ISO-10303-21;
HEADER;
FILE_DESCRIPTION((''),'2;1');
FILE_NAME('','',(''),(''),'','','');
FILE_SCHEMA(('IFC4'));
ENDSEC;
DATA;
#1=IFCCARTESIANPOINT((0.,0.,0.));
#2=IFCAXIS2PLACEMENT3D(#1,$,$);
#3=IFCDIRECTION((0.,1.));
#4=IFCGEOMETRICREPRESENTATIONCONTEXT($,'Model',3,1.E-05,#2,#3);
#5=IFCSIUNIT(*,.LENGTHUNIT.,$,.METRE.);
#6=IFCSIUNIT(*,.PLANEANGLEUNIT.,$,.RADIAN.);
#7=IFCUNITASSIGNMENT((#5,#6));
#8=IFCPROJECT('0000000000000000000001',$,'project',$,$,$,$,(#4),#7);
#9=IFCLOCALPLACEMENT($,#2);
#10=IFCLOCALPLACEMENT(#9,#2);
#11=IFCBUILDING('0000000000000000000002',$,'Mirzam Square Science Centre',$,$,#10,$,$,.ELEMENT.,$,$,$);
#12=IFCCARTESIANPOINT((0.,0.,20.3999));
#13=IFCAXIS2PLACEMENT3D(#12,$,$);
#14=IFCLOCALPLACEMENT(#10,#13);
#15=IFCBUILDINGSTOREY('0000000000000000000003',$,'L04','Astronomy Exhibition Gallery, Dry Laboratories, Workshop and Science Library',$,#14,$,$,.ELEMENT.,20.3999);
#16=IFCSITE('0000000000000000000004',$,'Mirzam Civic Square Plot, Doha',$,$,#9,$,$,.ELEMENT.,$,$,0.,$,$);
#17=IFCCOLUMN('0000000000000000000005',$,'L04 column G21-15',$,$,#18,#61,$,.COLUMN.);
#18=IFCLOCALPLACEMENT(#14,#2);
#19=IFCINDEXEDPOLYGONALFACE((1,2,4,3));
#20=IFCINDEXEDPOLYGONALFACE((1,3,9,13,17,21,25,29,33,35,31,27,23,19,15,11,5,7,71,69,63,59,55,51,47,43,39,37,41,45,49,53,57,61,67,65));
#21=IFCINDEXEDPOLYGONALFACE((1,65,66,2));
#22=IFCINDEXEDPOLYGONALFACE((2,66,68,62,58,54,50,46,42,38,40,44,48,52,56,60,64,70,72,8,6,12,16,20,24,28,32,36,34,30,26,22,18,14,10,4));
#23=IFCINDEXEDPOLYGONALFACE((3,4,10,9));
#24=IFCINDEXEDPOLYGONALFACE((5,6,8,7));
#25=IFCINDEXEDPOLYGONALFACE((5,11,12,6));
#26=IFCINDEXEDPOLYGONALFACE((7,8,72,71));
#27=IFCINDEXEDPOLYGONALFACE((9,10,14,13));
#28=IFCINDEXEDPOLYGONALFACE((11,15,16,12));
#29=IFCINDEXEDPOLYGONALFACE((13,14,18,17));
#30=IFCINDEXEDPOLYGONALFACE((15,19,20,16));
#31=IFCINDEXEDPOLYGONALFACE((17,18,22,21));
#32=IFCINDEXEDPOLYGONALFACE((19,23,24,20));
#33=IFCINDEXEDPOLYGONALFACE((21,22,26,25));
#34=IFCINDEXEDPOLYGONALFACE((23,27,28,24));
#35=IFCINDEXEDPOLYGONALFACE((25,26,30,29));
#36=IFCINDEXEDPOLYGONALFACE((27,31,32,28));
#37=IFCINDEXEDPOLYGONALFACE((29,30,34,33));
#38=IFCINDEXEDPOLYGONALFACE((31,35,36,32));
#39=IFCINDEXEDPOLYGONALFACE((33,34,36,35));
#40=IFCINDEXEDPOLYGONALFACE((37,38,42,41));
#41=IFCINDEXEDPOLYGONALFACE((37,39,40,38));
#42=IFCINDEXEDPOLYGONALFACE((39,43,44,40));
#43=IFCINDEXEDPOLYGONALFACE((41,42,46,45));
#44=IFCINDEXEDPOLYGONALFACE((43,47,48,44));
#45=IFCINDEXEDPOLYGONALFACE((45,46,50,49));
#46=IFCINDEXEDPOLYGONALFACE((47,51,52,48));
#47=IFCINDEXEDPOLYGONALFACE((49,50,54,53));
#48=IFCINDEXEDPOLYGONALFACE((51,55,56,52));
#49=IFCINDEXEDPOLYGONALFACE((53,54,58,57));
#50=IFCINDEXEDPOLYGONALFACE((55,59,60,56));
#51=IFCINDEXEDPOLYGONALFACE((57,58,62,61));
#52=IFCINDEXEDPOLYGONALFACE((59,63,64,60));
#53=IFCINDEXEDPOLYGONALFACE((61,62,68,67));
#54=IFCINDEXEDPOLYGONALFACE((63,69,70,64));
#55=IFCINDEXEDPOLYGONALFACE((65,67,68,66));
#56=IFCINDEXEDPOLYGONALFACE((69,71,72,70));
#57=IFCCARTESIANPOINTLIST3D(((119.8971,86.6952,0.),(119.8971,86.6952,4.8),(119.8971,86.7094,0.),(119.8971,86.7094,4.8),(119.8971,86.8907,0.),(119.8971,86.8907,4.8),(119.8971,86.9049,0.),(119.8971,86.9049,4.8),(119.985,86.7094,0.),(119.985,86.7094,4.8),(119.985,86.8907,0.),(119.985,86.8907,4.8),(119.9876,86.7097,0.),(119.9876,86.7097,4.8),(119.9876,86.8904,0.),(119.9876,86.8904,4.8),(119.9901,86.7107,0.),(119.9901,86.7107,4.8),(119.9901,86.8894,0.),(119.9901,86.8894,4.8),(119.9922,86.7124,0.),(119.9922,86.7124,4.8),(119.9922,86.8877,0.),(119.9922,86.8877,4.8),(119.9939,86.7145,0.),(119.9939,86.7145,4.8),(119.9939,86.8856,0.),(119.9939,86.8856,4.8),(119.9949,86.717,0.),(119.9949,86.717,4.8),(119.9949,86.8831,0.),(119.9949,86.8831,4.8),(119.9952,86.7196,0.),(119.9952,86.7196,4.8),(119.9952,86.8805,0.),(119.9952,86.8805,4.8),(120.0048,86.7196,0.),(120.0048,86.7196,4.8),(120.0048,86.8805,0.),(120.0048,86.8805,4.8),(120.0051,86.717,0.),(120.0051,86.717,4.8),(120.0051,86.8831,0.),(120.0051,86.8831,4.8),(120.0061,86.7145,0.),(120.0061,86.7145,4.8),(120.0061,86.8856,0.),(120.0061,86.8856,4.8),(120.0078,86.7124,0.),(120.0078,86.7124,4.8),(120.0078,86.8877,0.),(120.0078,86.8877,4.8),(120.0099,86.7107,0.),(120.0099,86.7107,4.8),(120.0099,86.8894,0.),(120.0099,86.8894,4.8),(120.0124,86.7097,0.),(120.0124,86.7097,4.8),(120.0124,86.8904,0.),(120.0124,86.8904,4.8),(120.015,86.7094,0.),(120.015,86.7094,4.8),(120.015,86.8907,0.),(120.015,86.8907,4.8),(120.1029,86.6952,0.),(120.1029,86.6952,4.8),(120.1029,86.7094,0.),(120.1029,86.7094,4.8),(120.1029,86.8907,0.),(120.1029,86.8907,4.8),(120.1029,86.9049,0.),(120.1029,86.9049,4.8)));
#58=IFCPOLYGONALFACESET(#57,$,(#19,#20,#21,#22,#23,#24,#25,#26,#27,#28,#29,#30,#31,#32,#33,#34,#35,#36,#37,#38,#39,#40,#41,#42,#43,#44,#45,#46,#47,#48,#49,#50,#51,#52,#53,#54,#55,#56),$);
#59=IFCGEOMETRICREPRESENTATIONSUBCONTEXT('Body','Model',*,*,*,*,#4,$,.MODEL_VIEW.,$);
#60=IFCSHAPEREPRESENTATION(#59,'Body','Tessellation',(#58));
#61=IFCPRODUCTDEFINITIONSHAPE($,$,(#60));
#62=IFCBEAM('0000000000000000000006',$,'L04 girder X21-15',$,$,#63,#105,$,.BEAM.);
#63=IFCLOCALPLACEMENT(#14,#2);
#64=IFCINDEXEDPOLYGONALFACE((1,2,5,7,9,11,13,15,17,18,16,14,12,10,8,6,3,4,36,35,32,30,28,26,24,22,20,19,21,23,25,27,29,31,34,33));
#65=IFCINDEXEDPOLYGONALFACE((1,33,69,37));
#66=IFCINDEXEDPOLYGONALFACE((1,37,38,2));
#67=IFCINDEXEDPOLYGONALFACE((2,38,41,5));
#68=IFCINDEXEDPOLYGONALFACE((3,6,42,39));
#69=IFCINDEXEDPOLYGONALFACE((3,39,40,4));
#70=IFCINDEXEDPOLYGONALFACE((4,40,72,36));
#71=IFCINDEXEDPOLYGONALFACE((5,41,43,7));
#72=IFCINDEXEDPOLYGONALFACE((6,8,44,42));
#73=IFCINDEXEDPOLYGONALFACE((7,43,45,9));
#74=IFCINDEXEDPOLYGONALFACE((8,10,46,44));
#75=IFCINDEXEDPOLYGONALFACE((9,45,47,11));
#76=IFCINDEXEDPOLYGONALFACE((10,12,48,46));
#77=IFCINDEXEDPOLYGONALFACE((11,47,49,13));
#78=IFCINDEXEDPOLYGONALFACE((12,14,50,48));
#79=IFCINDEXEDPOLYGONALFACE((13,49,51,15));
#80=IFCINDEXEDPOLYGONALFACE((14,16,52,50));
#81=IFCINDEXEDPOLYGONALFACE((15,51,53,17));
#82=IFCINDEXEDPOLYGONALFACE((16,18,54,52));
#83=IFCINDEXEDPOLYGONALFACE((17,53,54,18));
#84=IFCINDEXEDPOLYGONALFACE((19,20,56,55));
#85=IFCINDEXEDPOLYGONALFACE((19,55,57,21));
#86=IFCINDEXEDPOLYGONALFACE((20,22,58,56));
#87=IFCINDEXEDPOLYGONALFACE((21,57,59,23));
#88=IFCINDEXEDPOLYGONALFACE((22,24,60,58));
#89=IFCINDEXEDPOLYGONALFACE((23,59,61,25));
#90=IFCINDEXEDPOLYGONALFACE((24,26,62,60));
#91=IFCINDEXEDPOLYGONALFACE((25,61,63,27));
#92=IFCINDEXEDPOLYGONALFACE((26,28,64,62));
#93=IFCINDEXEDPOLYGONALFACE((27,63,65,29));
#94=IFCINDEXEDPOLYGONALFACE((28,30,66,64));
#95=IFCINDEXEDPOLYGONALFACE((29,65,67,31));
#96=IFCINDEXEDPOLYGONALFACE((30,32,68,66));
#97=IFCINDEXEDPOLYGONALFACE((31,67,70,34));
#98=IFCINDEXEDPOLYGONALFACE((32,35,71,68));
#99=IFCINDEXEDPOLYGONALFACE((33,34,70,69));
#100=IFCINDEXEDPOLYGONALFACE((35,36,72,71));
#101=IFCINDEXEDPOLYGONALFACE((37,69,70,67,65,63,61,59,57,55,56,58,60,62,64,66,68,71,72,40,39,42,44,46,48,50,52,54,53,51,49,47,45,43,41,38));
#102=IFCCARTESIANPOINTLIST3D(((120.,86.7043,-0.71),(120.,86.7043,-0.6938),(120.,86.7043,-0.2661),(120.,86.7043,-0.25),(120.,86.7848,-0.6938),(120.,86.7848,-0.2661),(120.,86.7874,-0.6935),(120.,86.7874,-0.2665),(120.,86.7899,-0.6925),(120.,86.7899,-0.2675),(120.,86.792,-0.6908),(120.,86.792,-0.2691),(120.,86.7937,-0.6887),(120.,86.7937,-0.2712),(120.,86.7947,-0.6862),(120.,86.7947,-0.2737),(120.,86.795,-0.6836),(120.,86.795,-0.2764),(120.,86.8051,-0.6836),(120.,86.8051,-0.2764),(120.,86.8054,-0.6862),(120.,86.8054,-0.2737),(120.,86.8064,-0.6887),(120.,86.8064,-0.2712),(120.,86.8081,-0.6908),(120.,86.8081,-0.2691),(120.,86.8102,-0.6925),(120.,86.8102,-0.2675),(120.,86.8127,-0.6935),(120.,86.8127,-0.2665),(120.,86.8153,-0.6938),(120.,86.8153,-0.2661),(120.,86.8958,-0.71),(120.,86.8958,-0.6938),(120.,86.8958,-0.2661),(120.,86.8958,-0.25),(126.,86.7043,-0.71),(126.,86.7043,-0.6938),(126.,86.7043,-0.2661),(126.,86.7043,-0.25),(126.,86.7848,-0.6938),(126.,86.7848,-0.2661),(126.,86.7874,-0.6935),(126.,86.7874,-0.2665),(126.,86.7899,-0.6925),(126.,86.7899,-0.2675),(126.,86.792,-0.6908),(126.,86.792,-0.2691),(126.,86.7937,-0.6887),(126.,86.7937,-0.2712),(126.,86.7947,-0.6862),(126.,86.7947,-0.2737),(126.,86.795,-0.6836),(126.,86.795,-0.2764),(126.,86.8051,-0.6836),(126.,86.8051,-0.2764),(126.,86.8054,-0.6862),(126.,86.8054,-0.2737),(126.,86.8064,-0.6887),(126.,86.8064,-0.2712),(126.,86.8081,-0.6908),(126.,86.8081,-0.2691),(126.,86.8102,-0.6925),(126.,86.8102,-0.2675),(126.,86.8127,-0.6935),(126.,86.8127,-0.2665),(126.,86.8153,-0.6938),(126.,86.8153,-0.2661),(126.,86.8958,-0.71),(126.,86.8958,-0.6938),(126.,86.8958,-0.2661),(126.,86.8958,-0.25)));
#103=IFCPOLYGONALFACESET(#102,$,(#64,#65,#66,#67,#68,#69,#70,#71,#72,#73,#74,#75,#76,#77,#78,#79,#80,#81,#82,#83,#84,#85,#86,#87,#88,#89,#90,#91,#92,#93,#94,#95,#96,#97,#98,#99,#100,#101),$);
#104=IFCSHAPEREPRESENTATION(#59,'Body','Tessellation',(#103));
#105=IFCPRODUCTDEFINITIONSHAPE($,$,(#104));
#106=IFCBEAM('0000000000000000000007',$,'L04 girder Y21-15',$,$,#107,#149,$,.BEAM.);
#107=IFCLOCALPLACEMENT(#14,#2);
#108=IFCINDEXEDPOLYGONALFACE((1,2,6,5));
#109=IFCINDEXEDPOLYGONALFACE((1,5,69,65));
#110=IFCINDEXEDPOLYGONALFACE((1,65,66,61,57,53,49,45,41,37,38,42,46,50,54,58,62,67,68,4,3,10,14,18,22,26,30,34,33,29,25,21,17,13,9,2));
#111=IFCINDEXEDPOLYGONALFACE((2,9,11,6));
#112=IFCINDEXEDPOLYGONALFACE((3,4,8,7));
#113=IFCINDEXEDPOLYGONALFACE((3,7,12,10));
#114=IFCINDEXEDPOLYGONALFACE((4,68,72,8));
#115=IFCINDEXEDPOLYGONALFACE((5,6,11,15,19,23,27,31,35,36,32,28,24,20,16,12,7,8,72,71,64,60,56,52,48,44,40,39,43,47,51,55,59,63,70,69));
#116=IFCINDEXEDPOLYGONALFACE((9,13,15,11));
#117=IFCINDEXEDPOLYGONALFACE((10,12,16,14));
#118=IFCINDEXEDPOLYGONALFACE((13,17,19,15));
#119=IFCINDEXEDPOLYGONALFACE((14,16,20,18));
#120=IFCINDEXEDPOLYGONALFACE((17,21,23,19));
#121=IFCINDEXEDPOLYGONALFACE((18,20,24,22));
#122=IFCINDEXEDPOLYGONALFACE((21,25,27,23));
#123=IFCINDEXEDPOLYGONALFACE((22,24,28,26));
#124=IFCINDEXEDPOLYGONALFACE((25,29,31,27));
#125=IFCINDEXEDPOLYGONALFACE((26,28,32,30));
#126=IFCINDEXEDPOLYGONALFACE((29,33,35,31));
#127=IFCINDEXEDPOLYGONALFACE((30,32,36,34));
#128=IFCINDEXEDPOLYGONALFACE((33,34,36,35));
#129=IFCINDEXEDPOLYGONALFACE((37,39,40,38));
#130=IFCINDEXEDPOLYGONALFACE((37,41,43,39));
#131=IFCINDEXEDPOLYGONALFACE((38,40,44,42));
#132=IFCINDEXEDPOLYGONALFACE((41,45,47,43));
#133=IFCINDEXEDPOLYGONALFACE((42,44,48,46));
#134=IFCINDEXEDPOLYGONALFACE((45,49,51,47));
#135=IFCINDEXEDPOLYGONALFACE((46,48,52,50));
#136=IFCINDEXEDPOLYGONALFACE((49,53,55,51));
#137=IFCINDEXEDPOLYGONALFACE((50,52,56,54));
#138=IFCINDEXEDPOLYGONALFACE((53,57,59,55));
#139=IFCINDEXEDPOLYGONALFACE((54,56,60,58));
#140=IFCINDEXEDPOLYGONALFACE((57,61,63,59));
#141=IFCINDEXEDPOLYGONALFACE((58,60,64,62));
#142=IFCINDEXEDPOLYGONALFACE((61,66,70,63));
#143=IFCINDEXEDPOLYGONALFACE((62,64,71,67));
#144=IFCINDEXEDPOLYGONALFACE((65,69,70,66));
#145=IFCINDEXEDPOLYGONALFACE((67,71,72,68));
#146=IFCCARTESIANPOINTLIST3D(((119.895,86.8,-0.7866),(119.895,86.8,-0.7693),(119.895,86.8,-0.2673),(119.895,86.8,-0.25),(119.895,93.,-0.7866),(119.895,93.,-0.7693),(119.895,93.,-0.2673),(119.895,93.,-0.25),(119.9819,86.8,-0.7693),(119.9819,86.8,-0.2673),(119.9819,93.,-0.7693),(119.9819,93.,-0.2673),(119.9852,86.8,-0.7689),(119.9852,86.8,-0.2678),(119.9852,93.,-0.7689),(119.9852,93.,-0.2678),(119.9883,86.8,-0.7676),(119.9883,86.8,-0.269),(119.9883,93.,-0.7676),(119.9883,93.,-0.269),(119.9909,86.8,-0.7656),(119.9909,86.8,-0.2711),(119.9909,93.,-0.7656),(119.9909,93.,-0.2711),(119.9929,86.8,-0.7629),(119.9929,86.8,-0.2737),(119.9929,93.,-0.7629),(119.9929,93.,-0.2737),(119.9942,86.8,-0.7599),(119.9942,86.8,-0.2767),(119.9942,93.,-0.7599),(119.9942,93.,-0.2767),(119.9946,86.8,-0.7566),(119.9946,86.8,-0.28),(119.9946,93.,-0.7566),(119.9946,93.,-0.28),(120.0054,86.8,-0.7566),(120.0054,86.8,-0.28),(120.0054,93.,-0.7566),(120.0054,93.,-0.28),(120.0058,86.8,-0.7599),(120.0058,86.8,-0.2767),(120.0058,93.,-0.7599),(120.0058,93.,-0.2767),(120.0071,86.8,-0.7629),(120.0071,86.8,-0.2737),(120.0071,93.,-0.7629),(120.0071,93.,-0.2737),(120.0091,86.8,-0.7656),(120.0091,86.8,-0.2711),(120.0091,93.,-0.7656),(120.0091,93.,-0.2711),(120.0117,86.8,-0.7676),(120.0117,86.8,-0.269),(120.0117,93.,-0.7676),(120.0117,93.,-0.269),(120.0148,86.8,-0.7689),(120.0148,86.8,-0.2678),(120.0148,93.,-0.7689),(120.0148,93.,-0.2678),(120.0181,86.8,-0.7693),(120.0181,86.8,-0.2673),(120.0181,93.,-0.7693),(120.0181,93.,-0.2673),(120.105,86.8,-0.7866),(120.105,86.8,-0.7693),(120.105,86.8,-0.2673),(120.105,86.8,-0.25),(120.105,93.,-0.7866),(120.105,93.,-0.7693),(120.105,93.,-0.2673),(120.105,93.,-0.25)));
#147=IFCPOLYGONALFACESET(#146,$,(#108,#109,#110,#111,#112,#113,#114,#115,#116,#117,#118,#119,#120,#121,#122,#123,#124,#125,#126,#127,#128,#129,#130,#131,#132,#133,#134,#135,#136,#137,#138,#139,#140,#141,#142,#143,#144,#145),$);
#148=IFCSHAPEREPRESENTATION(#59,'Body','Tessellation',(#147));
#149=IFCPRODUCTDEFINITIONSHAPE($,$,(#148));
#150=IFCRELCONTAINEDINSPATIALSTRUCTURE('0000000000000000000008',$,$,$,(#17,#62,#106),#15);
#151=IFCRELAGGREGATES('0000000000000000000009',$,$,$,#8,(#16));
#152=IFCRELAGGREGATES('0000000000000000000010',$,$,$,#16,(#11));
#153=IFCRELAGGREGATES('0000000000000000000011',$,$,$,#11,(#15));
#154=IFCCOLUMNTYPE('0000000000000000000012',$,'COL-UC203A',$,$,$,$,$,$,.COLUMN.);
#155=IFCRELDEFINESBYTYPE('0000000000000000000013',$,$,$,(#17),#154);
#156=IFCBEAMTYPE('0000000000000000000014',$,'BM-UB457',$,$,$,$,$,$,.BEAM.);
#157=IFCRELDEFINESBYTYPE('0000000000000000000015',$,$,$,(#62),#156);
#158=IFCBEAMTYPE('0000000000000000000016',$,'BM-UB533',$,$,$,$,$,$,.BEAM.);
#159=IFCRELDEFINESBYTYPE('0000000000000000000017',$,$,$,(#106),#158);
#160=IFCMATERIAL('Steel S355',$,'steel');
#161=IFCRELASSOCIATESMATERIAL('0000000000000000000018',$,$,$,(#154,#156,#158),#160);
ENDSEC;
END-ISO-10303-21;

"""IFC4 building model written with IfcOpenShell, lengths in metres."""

from ifc_helpers import new_model, si_unit, direction, frame, origin, origin_2d, place, context, subcontext, project, spatial, i_section, extrude, material, material_profile, profile_set, type_object, element, save


model = new_model("IFC4")

# Units and contexts
model_context = context("Model", 3, precision=1e-05, world=origin(), true_north=direction((0.0, 1.0)))
body_context = subcontext(model_context, "Body", "Model", "MODEL_VIEW")
ifc_project = project(units=[si_unit("LENGTHUNIT", "METRE"), si_unit("PLANEANGLEUNIT", "RADIAN")], contexts=[model_context])

# Site, building, storey
site_placement = place(None, origin())
site = spatial("IfcSite", under=ifc_project, at=site_placement, Name="Mirzam Civic Square Plot, Doha", CompositionType="ELEMENT", RefElevation=0.0)
building_placement = place(site_placement, origin())
building = spatial("IfcBuilding", under=site, at=building_placement, Name="Mirzam Square Science Centre", CompositionType="ELEMENT")
storey_placement = place(building_placement, frame((0.0, 0.0, 20.3999)))
storey = spatial("IfcBuildingStorey", under=building, at=storey_placement, Name="L04", Description="Astronomy Exhibition Gallery, Dry Laboratories, Workshop and Science Library", CompositionType="ELEMENT", Elevation=20.3999)

# Column
ifc_material_1 = material(Name="Steel S355", Category="steel")
ifc_material_profile_1 = material_profile(ifc_material_1, i_section(OverallWidth=0.2058, OverallDepth=0.2097, WebThickness=0.0095, FlangeThickness=0.0142, FilletRadius=0.0103, at=origin_2d()), Name="203x203x60UC")
ifc_profile_set_1 = profile_set([ifc_material_profile_1], Name="Steel S355")
column_type = type_object("IfcColumnType", Name="COL-UC203A", PredefinedType="COLUMN", material=ifc_profile_set_1)
column_placement = place(storey_placement, frame((120.0, 86.8, 0.0), z_axis=(0.0, 0.0, 1.0), x_axis=(1.0, 0.0, 0.0)))
element("IfcColumn", 1, at=column_placement, inside=storey, type_object=column_type, Name="L04 column G21-15", PredefinedType="COLUMN", context=body_context, shape_type="SweptSolid", body=[
    extrude(i_section(OverallWidth=0.2058, OverallDepth=0.2097, WebThickness=0.0095, FlangeThickness=0.0142, FilletRadius=0.0103, at=origin_2d()), origin(), (0.0, 0.0, 1.0), 4.8),
])

# Beams
ifc_material_profile_2 = material_profile(ifc_material_1, i_section(OverallWidth=0.1914, OverallDepth=0.46, WebThickness=0.01, FlangeThickness=0.0161, FilletRadius=0.0103, at=origin_2d()), Name="457x191x82UB")
ifc_profile_set_2 = profile_set([ifc_material_profile_2], Name="Steel S355")
beam_type_1 = type_object("IfcBeamType", Name="BM-UB457", PredefinedType="BEAM", material=ifc_profile_set_2)
beam_1_placement = place(storey_placement, frame((120.0, 86.8, -0.48), z_axis=(1.0, 0.0, 0.0), x_axis=(0.0, 1.0, 0.0)))
element("IfcBeam", 2, at=beam_1_placement, inside=storey, type_object=beam_type_1, Name="L04 girder X21-15", PredefinedType="BEAM", context=body_context, shape_type="SweptSolid", body=[
    extrude(i_section(OverallWidth=0.1914, OverallDepth=0.46, WebThickness=0.01, FlangeThickness=0.0161, FilletRadius=0.0103, at=origin_2d()), origin(), (0.0, 0.0, 1.0), 6.0),
])
ifc_material_profile_3 = material_profile(ifc_material_1, i_section(OverallWidth=0.21, OverallDepth=0.5366, WebThickness=0.0107, FlangeThickness=0.0173, FilletRadius=0.0127, at=origin_2d()), Name="533x210x101UB")
ifc_profile_set_3 = profile_set([ifc_material_profile_3], Name="Steel S355")
beam_type_2 = type_object("IfcBeamType", Name="BM-UB533", PredefinedType="BEAM", material=ifc_profile_set_3)
beam_2_placement = place(storey_placement, frame((120.0, 86.8, -0.5183), z_axis=(0.0, 1.0, 0.0), x_axis=(-1.0, 0.0, 0.0)))
element("IfcBeam", 3, at=beam_2_placement, inside=storey, type_object=beam_type_2, Name="L04 girder Y21-15", PredefinedType="BEAM", context=body_context, shape_type="SweptSolid", body=[
    extrude(i_section(OverallWidth=0.21, OverallDepth=0.5366, WebThickness=0.0107, FlangeThickness=0.0173, FilletRadius=0.0127, at=origin_2d()), origin(), (0.0, 0.0, 1.0), 6.2),
])

save(model, "model.ifc")
